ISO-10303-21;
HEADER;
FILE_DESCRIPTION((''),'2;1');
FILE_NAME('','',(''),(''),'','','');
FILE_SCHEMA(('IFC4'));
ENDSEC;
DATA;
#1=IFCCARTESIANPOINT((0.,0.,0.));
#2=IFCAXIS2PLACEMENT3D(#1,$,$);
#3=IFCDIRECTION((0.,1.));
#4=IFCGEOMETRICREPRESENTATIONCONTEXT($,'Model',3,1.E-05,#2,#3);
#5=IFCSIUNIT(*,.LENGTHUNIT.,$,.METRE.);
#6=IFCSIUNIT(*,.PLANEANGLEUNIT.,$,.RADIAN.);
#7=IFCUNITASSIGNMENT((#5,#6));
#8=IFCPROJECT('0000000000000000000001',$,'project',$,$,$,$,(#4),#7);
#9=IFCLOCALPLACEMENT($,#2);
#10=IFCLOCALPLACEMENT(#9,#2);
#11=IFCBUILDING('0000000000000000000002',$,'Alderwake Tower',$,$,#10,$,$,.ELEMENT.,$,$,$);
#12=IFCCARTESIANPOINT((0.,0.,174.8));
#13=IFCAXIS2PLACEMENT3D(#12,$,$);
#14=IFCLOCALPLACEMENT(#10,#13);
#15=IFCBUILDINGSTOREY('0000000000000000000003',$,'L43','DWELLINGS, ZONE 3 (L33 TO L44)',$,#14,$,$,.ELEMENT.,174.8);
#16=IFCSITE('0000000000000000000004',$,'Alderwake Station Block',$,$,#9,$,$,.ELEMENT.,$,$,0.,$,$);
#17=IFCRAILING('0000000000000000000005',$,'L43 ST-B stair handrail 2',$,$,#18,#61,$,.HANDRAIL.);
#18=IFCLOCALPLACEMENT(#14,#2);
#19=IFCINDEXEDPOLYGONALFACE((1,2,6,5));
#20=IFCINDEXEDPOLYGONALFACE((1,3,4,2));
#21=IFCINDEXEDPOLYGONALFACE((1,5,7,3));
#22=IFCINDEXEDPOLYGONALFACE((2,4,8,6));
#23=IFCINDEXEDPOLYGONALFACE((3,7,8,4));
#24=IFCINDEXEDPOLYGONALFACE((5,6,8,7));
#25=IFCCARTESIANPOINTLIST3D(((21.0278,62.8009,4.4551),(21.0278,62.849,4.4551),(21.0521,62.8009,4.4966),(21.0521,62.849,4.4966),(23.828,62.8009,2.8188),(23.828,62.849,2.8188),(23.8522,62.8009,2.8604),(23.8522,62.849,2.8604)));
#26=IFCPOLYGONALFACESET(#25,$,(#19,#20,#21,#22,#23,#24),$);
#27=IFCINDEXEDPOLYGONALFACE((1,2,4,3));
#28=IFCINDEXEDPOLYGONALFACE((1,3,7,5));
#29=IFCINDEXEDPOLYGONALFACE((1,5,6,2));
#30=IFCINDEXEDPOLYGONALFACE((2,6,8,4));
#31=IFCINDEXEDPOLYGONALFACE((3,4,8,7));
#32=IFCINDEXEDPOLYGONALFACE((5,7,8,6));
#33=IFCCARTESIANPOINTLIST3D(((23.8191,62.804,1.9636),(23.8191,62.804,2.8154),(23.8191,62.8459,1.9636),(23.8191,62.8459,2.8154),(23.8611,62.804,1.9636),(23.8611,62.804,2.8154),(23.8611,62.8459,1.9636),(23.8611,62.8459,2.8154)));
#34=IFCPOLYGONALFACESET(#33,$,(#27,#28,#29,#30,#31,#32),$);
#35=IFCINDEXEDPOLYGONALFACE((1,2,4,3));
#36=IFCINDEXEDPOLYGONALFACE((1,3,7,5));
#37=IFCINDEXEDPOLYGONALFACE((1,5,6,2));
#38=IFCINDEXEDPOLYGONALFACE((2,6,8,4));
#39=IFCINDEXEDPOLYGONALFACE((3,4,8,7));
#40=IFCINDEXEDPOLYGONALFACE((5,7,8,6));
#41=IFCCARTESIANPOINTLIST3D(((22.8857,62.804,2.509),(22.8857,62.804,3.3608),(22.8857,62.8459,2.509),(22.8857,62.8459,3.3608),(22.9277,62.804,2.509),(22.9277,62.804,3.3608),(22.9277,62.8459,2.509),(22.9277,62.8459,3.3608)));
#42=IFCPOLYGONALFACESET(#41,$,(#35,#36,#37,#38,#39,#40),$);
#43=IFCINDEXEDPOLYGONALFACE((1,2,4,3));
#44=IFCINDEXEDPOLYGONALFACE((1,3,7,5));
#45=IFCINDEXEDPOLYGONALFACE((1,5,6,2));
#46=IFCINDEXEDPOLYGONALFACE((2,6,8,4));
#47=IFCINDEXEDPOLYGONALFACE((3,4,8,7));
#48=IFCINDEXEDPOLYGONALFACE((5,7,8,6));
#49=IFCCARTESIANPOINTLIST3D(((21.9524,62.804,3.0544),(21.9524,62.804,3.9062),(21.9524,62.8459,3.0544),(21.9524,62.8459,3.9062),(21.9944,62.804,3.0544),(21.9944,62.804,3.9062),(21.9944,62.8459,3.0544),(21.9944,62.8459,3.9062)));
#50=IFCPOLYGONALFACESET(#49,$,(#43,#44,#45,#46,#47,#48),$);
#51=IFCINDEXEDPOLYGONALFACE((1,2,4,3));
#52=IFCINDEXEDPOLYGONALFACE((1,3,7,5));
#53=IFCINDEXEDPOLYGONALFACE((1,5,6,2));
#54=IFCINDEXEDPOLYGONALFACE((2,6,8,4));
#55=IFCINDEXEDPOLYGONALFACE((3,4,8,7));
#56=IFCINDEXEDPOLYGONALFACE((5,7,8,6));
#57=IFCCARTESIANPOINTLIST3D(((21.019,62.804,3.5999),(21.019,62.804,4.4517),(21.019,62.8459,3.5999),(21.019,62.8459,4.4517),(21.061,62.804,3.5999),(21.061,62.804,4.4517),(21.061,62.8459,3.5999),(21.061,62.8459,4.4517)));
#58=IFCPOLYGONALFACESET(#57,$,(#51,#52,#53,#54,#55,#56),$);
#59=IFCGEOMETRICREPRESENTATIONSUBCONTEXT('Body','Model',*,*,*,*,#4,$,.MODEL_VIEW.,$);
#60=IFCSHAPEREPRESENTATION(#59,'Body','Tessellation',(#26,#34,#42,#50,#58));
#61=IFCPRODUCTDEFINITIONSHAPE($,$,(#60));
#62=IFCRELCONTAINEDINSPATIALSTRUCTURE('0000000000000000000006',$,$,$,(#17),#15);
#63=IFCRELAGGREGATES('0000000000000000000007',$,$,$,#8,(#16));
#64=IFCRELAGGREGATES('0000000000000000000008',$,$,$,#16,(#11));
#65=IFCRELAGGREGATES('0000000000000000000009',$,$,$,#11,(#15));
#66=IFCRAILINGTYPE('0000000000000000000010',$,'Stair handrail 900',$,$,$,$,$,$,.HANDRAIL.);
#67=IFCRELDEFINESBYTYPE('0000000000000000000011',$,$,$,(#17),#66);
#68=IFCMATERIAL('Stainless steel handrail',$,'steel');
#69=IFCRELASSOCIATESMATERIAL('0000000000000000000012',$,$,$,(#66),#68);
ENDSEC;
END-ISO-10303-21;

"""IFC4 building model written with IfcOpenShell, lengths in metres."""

from ifc_helpers import new_model, si_unit, direction, frame, origin, origin_2d, place, context, subcontext, project, spatial, rectangle, extrude, material, type_object, element, save


model = new_model("IFC4")

# Units and contexts
model_context = context("Model", 3, precision=1e-05, world=origin(), true_north=direction((0.0, 1.0)))
body_context = subcontext(model_context, "Body", "Model", "MODEL_VIEW")
ifc_project = project(units=[si_unit("LENGTHUNIT", "METRE"), si_unit("PLANEANGLEUNIT", "RADIAN")], contexts=[model_context])

# Site, building, storey
site_placement = place(None, origin())
site = spatial("IfcSite", under=ifc_project, at=site_placement, Name="Alderwake Station Block", CompositionType="ELEMENT", RefElevation=0.0)
building_placement = place(site_placement, origin())
building = spatial("IfcBuilding", under=site, at=building_placement, Name="Alderwake Tower", CompositionType="ELEMENT")
storey_placement = place(building_placement, frame((0.0, 0.0, 174.8)))
storey = spatial("IfcBuildingStorey", under=building, at=storey_placement, Name="L43", Description="DWELLINGS, ZONE 3 (L33 TO L44)", CompositionType="ELEMENT", Elevation=174.8)

# Railing
ifc_material_1 = material(Name="Stainless steel handrail", Category="steel")
railing_type = type_object("IfcRailingType", Name="Stair handrail 900", PredefinedType="HANDRAIL", material=ifc_material_1)
railing_placement = place(storey_placement, frame((23.8401, 62.825, 1.9636)))
element("IfcRailing", 1, at=railing_placement, inside=storey, type_object=railing_type, Name="L43 ST-B stair handrail 2", PredefinedType="HANDRAIL", context=body_context, shape_type="SweptSolid", body=[
    extrude(rectangle(XDim=0.0481, YDim=0.0481, at=origin_2d()), frame((0.0, 0.0, 0.876), z_axis=(-0.863394, 0.0, 0.504531), x_axis=(0.0, -1.0, 0.0)), (0.0, 0.0, 1.0), 3.2432),
    extrude(rectangle(XDim=0.042, YDim=0.042, at=origin_2d()), frame((0.0, 0.0, 0.0), z_axis=(0.0, 0.0, 1.0), x_axis=(-1.0, 0.0, 0.0)), (0.0, 0.0, 1.0), 0.8518),
    extrude(rectangle(XDim=0.042, YDim=0.042, at=origin_2d()), frame((-0.9333, 0.0, 0.5454), z_axis=(0.0, 0.0, 1.0), x_axis=(-1.0, 0.0, 0.0)), (0.0, 0.0, 1.0), 0.8518),
    extrude(rectangle(XDim=0.042, YDim=0.042, at=origin_2d()), frame((-1.8667, 0.0, 1.0908), z_axis=(0.0, 0.0, 1.0), x_axis=(-1.0, 0.0, 0.0)), (0.0, 0.0, 1.0), 0.8518),
    extrude(rectangle(XDim=0.042, YDim=0.042, at=origin_2d()), frame((-2.8, 0.0, 1.6362), z_axis=(0.0, 0.0, 1.0), x_axis=(-1.0, 0.0, 0.0)), (0.0, 0.0, 1.0), 0.8518),
])

save(model, "model.ifc")
